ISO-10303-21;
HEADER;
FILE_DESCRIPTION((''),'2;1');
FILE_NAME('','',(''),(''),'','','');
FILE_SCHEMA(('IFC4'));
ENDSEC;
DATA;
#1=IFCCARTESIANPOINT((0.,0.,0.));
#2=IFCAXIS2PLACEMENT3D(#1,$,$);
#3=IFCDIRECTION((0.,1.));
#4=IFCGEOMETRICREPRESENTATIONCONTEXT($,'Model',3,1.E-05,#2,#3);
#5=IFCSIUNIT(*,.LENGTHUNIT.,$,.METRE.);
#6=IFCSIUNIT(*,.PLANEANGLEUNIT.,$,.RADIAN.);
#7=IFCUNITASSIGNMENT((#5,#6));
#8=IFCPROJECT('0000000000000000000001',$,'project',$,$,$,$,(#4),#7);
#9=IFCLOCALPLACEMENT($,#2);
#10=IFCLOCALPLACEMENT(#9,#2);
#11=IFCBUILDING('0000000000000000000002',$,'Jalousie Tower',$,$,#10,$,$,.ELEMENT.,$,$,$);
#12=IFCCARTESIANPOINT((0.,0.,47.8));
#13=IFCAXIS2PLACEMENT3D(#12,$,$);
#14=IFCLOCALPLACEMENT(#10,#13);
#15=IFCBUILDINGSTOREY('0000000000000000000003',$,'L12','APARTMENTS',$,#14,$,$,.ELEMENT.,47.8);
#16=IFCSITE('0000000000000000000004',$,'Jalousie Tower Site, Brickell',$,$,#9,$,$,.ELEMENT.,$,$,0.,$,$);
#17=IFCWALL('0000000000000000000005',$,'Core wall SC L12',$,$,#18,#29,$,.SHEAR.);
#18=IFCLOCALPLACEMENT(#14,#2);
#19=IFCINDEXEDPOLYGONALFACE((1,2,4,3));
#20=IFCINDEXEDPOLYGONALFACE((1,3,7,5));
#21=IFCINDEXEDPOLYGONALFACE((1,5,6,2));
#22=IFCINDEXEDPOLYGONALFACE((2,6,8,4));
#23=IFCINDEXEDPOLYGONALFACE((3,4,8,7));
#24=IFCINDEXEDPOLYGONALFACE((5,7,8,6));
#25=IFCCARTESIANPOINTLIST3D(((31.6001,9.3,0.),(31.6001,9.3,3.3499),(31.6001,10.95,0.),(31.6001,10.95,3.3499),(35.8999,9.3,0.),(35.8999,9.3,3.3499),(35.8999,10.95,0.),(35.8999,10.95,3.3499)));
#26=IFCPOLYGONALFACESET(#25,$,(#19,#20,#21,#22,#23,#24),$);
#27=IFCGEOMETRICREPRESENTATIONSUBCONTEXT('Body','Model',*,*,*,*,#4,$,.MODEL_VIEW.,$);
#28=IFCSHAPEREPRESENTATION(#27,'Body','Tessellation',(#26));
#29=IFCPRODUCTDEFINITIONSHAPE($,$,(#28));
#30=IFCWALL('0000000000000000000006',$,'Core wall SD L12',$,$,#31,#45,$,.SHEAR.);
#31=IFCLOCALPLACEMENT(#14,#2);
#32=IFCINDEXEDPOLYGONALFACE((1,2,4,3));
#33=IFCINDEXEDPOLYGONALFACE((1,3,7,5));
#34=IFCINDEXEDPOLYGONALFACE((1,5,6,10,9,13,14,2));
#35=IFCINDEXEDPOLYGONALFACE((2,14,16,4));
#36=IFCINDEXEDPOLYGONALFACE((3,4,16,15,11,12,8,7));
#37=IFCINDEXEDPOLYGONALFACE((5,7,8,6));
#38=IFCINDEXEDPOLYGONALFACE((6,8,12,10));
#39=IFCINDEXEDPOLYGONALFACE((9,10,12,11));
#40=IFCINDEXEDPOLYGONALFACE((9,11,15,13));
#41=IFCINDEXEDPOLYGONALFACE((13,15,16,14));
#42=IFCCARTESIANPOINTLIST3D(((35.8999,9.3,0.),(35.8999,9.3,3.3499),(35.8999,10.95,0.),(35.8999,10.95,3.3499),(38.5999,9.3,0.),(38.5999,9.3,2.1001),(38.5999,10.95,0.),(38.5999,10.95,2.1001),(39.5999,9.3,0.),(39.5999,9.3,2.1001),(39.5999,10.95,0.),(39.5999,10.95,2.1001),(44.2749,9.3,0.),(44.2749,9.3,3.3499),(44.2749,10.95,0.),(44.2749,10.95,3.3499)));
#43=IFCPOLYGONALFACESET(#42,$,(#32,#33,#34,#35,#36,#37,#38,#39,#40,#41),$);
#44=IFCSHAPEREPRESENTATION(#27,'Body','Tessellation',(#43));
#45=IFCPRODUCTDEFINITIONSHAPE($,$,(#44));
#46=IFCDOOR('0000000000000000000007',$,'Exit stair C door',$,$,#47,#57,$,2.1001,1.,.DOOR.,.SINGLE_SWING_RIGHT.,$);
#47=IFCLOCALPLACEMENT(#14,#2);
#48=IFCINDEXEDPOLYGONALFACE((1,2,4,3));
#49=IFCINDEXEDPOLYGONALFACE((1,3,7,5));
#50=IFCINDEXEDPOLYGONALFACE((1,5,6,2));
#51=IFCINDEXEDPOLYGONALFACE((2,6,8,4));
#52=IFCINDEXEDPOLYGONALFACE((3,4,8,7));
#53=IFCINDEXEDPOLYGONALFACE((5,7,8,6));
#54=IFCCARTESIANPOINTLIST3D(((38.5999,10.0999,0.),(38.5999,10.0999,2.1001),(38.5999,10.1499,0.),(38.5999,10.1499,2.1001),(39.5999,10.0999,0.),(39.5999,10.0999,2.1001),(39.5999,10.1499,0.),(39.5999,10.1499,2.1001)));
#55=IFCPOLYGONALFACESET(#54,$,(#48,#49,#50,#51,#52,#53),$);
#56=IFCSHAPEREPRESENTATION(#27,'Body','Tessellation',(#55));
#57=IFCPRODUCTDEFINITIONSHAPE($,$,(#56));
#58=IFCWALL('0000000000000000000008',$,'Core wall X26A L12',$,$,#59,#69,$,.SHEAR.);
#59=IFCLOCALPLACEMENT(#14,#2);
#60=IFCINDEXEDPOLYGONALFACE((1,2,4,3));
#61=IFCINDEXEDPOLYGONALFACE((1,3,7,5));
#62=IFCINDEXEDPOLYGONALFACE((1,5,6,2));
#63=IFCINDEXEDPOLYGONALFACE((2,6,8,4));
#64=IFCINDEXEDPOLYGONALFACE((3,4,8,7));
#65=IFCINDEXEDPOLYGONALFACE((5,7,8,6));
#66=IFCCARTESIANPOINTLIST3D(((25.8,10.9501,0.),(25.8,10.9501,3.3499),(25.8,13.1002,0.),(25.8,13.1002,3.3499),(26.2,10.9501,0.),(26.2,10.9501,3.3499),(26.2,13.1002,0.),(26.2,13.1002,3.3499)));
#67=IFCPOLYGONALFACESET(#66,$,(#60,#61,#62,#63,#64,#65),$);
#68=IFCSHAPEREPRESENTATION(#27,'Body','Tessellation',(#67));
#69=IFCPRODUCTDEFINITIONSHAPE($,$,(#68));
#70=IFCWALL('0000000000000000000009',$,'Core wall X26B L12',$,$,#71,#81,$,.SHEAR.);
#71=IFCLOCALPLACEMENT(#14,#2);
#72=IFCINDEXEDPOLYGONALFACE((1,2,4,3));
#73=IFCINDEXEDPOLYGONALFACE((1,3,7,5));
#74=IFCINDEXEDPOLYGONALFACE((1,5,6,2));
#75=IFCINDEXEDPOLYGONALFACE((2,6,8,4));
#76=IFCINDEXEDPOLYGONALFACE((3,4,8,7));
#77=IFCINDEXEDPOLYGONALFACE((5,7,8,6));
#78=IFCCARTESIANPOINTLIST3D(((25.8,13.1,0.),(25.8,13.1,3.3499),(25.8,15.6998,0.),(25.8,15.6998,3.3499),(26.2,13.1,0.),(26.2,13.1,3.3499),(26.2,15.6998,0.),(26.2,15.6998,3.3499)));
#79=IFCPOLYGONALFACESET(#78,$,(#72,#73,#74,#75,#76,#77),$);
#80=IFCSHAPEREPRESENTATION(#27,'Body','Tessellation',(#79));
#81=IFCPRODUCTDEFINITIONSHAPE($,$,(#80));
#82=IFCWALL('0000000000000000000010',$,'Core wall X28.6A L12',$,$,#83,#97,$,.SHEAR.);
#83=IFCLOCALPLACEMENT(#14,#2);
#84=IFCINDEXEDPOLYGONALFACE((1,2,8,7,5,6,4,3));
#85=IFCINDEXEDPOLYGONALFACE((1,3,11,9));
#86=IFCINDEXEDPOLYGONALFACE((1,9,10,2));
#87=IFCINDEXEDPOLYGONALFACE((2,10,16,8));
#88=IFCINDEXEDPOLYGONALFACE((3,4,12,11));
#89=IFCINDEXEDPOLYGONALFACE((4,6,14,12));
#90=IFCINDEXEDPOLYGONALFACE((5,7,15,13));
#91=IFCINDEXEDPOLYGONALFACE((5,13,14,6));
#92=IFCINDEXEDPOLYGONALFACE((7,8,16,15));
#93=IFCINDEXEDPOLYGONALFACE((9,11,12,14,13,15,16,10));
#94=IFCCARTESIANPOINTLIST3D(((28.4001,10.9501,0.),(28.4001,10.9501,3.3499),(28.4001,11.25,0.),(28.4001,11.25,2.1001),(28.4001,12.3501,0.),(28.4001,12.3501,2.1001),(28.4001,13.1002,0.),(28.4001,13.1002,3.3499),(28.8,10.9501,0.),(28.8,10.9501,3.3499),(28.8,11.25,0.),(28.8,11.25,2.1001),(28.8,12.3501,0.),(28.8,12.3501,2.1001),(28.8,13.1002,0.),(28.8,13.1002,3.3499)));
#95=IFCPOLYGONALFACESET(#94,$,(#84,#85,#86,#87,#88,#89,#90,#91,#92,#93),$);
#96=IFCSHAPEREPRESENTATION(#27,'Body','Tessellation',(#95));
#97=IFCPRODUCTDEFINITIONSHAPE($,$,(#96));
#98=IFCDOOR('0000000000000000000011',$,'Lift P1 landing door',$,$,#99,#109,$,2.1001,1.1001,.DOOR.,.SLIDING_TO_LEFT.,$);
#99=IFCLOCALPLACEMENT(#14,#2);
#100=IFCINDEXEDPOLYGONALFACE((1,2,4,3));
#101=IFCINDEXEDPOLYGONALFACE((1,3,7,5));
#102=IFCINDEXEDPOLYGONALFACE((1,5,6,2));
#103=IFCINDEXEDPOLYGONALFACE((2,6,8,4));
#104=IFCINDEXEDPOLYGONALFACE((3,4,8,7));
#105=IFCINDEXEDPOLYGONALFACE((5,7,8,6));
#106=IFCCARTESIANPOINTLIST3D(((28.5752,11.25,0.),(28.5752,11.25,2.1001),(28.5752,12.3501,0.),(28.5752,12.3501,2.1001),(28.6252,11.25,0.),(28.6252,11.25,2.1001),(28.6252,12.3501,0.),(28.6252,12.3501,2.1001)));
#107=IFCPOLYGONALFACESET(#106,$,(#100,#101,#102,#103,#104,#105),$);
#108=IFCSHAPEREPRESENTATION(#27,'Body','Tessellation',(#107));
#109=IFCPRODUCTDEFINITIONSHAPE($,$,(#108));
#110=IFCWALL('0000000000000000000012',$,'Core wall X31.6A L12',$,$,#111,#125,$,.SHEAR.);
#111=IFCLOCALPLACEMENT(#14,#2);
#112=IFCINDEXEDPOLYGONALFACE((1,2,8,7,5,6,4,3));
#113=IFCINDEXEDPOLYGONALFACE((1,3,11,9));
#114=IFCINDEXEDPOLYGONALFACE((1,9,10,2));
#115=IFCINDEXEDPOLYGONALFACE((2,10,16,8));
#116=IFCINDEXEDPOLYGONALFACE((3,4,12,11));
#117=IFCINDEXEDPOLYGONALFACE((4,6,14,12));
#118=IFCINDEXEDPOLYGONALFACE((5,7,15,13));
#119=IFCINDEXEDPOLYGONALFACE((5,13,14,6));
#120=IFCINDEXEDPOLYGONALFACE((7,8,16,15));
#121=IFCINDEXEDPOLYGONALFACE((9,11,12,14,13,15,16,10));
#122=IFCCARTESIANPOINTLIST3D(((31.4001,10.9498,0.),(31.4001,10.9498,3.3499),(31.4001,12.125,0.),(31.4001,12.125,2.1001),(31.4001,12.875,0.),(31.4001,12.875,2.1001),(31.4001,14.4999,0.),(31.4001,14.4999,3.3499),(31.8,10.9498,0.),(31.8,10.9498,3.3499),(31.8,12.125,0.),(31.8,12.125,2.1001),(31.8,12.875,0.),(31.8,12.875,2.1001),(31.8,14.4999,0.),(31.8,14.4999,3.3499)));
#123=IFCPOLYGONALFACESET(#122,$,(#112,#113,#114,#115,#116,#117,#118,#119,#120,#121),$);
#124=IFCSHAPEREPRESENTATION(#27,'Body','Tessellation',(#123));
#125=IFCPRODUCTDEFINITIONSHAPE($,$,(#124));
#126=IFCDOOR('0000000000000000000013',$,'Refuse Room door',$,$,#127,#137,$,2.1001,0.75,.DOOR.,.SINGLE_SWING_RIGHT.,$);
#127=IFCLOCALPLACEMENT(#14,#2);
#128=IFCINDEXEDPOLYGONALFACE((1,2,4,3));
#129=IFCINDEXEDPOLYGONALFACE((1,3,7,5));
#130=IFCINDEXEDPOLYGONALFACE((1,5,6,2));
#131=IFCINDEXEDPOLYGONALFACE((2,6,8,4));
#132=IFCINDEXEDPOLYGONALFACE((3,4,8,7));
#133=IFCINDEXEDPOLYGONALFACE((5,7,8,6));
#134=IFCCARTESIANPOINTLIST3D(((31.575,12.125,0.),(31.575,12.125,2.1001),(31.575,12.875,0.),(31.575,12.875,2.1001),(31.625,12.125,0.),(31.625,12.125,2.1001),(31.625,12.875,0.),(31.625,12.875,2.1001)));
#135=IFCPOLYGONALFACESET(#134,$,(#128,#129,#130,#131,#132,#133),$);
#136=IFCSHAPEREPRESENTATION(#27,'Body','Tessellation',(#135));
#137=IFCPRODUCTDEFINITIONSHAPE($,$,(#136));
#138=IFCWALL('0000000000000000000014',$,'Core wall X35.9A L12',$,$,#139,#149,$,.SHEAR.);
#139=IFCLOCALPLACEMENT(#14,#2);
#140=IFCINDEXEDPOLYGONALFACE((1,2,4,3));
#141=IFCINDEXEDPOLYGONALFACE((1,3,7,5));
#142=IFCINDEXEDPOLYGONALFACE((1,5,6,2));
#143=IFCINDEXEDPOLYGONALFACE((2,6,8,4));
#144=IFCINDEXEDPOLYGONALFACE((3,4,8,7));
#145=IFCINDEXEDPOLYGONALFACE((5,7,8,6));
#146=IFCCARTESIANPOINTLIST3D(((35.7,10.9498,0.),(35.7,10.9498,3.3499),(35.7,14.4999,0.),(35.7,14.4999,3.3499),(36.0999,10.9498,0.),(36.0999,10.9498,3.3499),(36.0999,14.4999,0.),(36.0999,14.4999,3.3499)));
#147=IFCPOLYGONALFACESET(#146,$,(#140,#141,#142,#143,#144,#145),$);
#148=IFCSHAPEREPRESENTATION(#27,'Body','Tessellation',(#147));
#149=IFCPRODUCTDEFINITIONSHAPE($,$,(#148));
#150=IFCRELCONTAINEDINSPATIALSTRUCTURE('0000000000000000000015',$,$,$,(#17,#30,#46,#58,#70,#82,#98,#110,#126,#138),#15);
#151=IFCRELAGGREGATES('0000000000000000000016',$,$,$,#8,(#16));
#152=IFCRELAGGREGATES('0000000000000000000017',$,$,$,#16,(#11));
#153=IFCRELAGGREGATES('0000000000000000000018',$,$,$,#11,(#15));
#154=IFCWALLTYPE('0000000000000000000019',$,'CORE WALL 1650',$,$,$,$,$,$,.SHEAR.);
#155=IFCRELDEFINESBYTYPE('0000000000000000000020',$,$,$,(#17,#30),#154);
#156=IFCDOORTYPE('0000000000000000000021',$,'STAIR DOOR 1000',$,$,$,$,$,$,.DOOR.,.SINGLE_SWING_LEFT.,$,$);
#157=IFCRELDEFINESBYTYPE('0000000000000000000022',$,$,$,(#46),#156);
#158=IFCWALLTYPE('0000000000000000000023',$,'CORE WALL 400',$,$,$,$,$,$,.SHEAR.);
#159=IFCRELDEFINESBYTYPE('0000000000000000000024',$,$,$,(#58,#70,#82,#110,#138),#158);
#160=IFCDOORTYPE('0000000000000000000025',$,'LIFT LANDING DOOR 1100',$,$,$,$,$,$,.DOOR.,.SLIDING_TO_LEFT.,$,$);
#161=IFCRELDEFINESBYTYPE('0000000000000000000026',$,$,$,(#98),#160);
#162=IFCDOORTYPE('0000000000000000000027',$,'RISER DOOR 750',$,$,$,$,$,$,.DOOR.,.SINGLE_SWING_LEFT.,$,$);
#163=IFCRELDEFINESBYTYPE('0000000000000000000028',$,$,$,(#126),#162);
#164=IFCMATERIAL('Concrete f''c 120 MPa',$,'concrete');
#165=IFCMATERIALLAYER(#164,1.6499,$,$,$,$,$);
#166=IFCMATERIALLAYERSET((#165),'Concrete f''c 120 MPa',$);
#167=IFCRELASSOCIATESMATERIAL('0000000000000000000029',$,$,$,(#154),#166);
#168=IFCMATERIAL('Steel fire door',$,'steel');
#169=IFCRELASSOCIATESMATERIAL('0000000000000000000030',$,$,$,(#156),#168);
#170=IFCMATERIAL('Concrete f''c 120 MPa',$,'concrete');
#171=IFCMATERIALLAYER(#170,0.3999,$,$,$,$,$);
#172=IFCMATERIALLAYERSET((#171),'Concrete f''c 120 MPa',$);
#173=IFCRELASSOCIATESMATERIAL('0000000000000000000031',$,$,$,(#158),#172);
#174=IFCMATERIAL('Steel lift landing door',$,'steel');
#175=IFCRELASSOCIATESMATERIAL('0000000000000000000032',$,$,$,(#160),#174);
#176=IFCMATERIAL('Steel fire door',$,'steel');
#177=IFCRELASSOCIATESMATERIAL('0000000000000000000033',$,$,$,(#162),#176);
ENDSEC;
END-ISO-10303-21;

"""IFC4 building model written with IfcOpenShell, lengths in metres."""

from ifc_helpers import new_model, si_unit, direction, frame, frame_2d, origin, place, context, subcontext, project, spatial, rectangle, extrude, material, layer, layer_set, type_object, element, fill, save


model = new_model("IFC4")

# Units and contexts
model_context = context("Model", 3, precision=1e-05, world=origin(), true_north=direction((0.0, 1.0)))
body_context = subcontext(model_context, "Body", "Model", "MODEL_VIEW")
ifc_project = project(units=[si_unit("LENGTHUNIT", "METRE"), si_unit("PLANEANGLEUNIT", "RADIAN")], contexts=[model_context])

# Site, building, storey
site_placement = place(None, origin())
site = spatial("IfcSite", under=ifc_project, at=site_placement, Name="Jalousie Tower Site, Brickell", CompositionType="ELEMENT", RefElevation=0.0)
building_placement = place(site_placement, origin())
building = spatial("IfcBuilding", under=site, at=building_placement, Name="Jalousie Tower", CompositionType="ELEMENT")
storey_placement = place(building_placement, frame((0.0, 0.0, 47.8)))
storey = spatial("IfcBuildingStorey", under=building, at=storey_placement, Name="L12", Description="APARTMENTS", CompositionType="ELEMENT", Elevation=47.8)

# Wall
ifc_material_1 = material(Name="Concrete f'c 120 MPa", Category="concrete")
ifc_layer_1 = layer(ifc_material_1, 1.6499)
ifc_layer_set_1 = layer_set([ifc_layer_1], Name="Concrete f'c 120 MPa")
wall_type_1 = type_object("IfcWallType", Name="CORE WALL 1650", PredefinedType="SHEAR", material=ifc_layer_set_1)
wall_1_placement = place(storey_placement, frame((31.6001, 10.125, 0.0), z_axis=(0.0, 0.0, 1.0), x_axis=(1.0, 0.0, 0.0)))
element("IfcWall", 1, at=wall_1_placement, inside=storey, type_object=wall_type_1, Name="Core wall SC L12", PredefinedType="SHEAR", context=body_context, shape_type="SweptSolid", body=[
    extrude(rectangle(XDim=4.2998, YDim=1.6499, at=frame_2d((2.1499, 0.0))), origin(), (0.0, 0.0, 1.0), 3.3499),
])

# Wall, opening, door
wall_2_placement = place(storey_placement, frame((35.8999, 10.125, 0.0), z_axis=(0.0, 0.0, 1.0), x_axis=(1.0, 0.0, 0.0)))
wall_2 = element("IfcWall", 2, at=wall_2_placement, inside=storey, type_object=wall_type_1, Name="Core wall SD L12", PredefinedType="SHEAR", context=body_context, shape_type="SweptSolid", body=[
    extrude(rectangle(XDim=8.375, YDim=1.6499, at=frame_2d((4.1875, 0.0))), origin(), (0.0, 0.0, 1.0), 3.3499),
])
opening_1_placement = place(wall_2_placement, frame((2.7, 0.0, 0.0)))
opening_1 = element("IfcOpeningElement", 3, at=opening_1_placement, cuts=wall_2, PredefinedType="OPENING", context=body_context, shape_type="SweptSolid", body=[
    extrude(rectangle(XDim=1.0, YDim=2.1001, at=frame_2d((0.5, 1.05))), frame((0.0, 0.835, 0.0), z_axis=(0.0, -1.0, 0.0), x_axis=(1.0, 0.0, 0.0)), (0.0, 0.0, 1.0), 1.6699),
])
ifc_material_2 = material(Name="Steel fire door", Category="steel")
door_type_1 = type_object("IfcDoorType", Name="STAIR DOOR 1000", OperationType="SINGLE_SWING_LEFT", PredefinedType="DOOR", material=ifc_material_2)
door_1_placement = place(opening_1_placement, origin())
door_1 = element("IfcDoor", 4, at=door_1_placement, inside=storey, type_object=door_type_1, Name="Exit stair C door", OperationType="SINGLE_SWING_RIGHT", OverallHeight=2.1001, OverallWidth=1.0, PredefinedType="DOOR", context=body_context, shape_type="SweptSolid", body=[
    extrude(rectangle(XDim=1.0, YDim=2.1001, at=frame_2d((0.5, 1.05))), frame((0.0, 0.0249, 0.0), z_axis=(0.0, -1.0, 0.0), x_axis=(1.0, 0.0, 0.0)), (0.0, 0.0, 1.0), 0.05),
])
fill(opening_1, door_1)

# Walls
ifc_material_3 = material(Name="Concrete f'c 120 MPa", Category="concrete")
ifc_layer_2 = layer(ifc_material_3, 0.3999)
ifc_layer_set_2 = layer_set([ifc_layer_2], Name="Concrete f'c 120 MPa")
wall_type_2 = type_object("IfcWallType", Name="CORE WALL 400", PredefinedType="SHEAR", material=ifc_layer_set_2)
wall_3_placement = place(storey_placement, frame((26.0, 10.95, 0.0), z_axis=(0.0, 0.0, 1.0), x_axis=(0.0, 1.0, 0.0)))
element("IfcWall", 5, at=wall_3_placement, inside=storey, type_object=wall_type_2, Name="Core wall X26A L12", PredefinedType="SHEAR", context=body_context, shape_type="SweptSolid", body=[
    extrude(rectangle(XDim=2.1501, YDim=0.3999, at=frame_2d((1.0752, 0.0))), origin(), (0.0, 0.0, 1.0), 3.3499),
])
wall_4_placement = place(storey_placement, frame((26.0, 13.1001, 0.0), z_axis=(0.0, 0.0, 1.0), x_axis=(0.0, 1.0, 0.0)))
element("IfcWall", 6, at=wall_4_placement, inside=storey, type_object=wall_type_2, Name="Core wall X26B L12", PredefinedType="SHEAR", context=body_context, shape_type="SweptSolid", body=[
    extrude(rectangle(XDim=2.5999, YDim=0.3999, at=frame_2d((1.2998, 0.0))), origin(), (0.0, 0.0, 1.0), 3.3499),
])

# Walls, openings, doors
wall_5_placement = place(storey_placement, frame((28.6001, 10.95, 0.0), z_axis=(0.0, 0.0, 1.0), x_axis=(0.0, 1.0, 0.0)))
wall_5 = element("IfcWall", 7, at=wall_5_placement, inside=storey, type_object=wall_type_2, Name="Core wall X28.6A L12", PredefinedType="SHEAR", context=body_context, shape_type="SweptSolid", body=[
    extrude(rectangle(XDim=2.1501, YDim=0.3999, at=frame_2d((1.0752, 0.0))), origin(), (0.0, 0.0, 1.0), 3.3499),
])
opening_2_placement = place(wall_5_placement, frame((0.3, 0.0, 0.0)))
opening_2 = element("IfcOpeningElement", 8, at=opening_2_placement, cuts=wall_5, PredefinedType="OPENING", context=body_context, shape_type="SweptSolid", body=[
    extrude(rectangle(XDim=1.1001, YDim=2.1001, at=frame_2d((0.55, 1.05))), frame((0.0, 0.21, 0.0), z_axis=(0.0, -1.0, 0.0), x_axis=(1.0, 0.0, 0.0)), (0.0, 0.0, 1.0), 0.4199),
])
ifc_material_4 = material(Name="Steel lift landing door", Category="steel")
door_type_2 = type_object("IfcDoorType", Name="LIFT LANDING DOOR 1100", OperationType="SLIDING_TO_LEFT", PredefinedType="DOOR", material=ifc_material_4)
door_2_placement = place(opening_2_placement, origin())
door_2 = element("IfcDoor", 9, at=door_2_placement, inside=storey, type_object=door_type_2, Name="Lift P1 landing door", OperationType="SLIDING_TO_LEFT", OverallHeight=2.1001, OverallWidth=1.1001, PredefinedType="DOOR", context=body_context, shape_type="SweptSolid", body=[
    extrude(rectangle(XDim=1.1001, YDim=2.1001, at=frame_2d((0.55, 1.05))), frame((0.0, 0.0249, 0.0), z_axis=(0.0, -1.0, 0.0), x_axis=(1.0, 0.0, 0.0)), (0.0, 0.0, 1.0), 0.05),
])
fill(opening_2, door_2)
wall_6_placement = place(storey_placement, frame((31.6001, 10.95, 0.0), z_axis=(0.0, 0.0, 1.0), x_axis=(0.0, 1.0, 0.0)))
wall_6 = element("IfcWall", 10, at=wall_6_placement, inside=storey, type_object=wall_type_2, Name="Core wall X31.6A L12", PredefinedType="SHEAR", context=body_context, shape_type="SweptSolid", body=[
    extrude(rectangle(XDim=3.55, YDim=0.3999, at=frame_2d((1.7749, 0.0))), origin(), (0.0, 0.0, 1.0), 3.3499),
])
opening_3_placement = place(wall_6_placement, frame((1.175, 0.0, 0.0)))
opening_3 = element("IfcOpeningElement", 11, at=opening_3_placement, cuts=wall_6, PredefinedType="OPENING", context=body_context, shape_type="SweptSolid", body=[
    extrude(rectangle(XDim=0.75, YDim=2.1001, at=frame_2d((0.375, 1.05))), frame((0.0, 0.21, 0.0), z_axis=(0.0, -1.0, 0.0), x_axis=(1.0, 0.0, 0.0)), (0.0, 0.0, 1.0), 0.4199),
])
ifc_material_5 = material(Name="Steel fire door", Category="steel")
door_type_3 = type_object("IfcDoorType", Name="RISER DOOR 750", OperationType="SINGLE_SWING_LEFT", PredefinedType="DOOR", material=ifc_material_5)
door_3_placement = place(opening_3_placement, frame((0.75, 0.0, 0.0), z_axis=(0.0, 0.0, 1.0), x_axis=(-1.0, 0.0, 0.0)))
door_3 = element("IfcDoor", 12, at=door_3_placement, inside=storey, type_object=door_type_3, Name="Refuse Room door", OperationType="SINGLE_SWING_RIGHT", OverallHeight=2.1001, OverallWidth=0.75, PredefinedType="DOOR", context=body_context, shape_type="SweptSolid", body=[
    extrude(rectangle(XDim=0.75, YDim=2.1001, at=frame_2d((0.375, 1.05))), frame((0.0, 0.0249, 0.0), z_axis=(0.0, -1.0, 0.0), x_axis=(1.0, 0.0, 0.0)), (0.0, 0.0, 1.0), 0.05),
])
fill(opening_3, door_3)

# Wall
wall_7_placement = place(storey_placement, frame((35.8999, 10.95, 0.0), z_axis=(0.0, 0.0, 1.0), x_axis=(0.0, 1.0, 0.0)))
element("IfcWall", 13, at=wall_7_placement, inside=storey, type_object=wall_type_2, Name="Core wall X35.9A L12", PredefinedType="SHEAR", context=body_context, shape_type="SweptSolid", body=[
    extrude(rectangle(XDim=3.55, YDim=0.3999, at=frame_2d((1.7749, 0.0))), origin(), (0.0, 0.0, 1.0), 3.3499),
])

save(model, "model.ifc")
